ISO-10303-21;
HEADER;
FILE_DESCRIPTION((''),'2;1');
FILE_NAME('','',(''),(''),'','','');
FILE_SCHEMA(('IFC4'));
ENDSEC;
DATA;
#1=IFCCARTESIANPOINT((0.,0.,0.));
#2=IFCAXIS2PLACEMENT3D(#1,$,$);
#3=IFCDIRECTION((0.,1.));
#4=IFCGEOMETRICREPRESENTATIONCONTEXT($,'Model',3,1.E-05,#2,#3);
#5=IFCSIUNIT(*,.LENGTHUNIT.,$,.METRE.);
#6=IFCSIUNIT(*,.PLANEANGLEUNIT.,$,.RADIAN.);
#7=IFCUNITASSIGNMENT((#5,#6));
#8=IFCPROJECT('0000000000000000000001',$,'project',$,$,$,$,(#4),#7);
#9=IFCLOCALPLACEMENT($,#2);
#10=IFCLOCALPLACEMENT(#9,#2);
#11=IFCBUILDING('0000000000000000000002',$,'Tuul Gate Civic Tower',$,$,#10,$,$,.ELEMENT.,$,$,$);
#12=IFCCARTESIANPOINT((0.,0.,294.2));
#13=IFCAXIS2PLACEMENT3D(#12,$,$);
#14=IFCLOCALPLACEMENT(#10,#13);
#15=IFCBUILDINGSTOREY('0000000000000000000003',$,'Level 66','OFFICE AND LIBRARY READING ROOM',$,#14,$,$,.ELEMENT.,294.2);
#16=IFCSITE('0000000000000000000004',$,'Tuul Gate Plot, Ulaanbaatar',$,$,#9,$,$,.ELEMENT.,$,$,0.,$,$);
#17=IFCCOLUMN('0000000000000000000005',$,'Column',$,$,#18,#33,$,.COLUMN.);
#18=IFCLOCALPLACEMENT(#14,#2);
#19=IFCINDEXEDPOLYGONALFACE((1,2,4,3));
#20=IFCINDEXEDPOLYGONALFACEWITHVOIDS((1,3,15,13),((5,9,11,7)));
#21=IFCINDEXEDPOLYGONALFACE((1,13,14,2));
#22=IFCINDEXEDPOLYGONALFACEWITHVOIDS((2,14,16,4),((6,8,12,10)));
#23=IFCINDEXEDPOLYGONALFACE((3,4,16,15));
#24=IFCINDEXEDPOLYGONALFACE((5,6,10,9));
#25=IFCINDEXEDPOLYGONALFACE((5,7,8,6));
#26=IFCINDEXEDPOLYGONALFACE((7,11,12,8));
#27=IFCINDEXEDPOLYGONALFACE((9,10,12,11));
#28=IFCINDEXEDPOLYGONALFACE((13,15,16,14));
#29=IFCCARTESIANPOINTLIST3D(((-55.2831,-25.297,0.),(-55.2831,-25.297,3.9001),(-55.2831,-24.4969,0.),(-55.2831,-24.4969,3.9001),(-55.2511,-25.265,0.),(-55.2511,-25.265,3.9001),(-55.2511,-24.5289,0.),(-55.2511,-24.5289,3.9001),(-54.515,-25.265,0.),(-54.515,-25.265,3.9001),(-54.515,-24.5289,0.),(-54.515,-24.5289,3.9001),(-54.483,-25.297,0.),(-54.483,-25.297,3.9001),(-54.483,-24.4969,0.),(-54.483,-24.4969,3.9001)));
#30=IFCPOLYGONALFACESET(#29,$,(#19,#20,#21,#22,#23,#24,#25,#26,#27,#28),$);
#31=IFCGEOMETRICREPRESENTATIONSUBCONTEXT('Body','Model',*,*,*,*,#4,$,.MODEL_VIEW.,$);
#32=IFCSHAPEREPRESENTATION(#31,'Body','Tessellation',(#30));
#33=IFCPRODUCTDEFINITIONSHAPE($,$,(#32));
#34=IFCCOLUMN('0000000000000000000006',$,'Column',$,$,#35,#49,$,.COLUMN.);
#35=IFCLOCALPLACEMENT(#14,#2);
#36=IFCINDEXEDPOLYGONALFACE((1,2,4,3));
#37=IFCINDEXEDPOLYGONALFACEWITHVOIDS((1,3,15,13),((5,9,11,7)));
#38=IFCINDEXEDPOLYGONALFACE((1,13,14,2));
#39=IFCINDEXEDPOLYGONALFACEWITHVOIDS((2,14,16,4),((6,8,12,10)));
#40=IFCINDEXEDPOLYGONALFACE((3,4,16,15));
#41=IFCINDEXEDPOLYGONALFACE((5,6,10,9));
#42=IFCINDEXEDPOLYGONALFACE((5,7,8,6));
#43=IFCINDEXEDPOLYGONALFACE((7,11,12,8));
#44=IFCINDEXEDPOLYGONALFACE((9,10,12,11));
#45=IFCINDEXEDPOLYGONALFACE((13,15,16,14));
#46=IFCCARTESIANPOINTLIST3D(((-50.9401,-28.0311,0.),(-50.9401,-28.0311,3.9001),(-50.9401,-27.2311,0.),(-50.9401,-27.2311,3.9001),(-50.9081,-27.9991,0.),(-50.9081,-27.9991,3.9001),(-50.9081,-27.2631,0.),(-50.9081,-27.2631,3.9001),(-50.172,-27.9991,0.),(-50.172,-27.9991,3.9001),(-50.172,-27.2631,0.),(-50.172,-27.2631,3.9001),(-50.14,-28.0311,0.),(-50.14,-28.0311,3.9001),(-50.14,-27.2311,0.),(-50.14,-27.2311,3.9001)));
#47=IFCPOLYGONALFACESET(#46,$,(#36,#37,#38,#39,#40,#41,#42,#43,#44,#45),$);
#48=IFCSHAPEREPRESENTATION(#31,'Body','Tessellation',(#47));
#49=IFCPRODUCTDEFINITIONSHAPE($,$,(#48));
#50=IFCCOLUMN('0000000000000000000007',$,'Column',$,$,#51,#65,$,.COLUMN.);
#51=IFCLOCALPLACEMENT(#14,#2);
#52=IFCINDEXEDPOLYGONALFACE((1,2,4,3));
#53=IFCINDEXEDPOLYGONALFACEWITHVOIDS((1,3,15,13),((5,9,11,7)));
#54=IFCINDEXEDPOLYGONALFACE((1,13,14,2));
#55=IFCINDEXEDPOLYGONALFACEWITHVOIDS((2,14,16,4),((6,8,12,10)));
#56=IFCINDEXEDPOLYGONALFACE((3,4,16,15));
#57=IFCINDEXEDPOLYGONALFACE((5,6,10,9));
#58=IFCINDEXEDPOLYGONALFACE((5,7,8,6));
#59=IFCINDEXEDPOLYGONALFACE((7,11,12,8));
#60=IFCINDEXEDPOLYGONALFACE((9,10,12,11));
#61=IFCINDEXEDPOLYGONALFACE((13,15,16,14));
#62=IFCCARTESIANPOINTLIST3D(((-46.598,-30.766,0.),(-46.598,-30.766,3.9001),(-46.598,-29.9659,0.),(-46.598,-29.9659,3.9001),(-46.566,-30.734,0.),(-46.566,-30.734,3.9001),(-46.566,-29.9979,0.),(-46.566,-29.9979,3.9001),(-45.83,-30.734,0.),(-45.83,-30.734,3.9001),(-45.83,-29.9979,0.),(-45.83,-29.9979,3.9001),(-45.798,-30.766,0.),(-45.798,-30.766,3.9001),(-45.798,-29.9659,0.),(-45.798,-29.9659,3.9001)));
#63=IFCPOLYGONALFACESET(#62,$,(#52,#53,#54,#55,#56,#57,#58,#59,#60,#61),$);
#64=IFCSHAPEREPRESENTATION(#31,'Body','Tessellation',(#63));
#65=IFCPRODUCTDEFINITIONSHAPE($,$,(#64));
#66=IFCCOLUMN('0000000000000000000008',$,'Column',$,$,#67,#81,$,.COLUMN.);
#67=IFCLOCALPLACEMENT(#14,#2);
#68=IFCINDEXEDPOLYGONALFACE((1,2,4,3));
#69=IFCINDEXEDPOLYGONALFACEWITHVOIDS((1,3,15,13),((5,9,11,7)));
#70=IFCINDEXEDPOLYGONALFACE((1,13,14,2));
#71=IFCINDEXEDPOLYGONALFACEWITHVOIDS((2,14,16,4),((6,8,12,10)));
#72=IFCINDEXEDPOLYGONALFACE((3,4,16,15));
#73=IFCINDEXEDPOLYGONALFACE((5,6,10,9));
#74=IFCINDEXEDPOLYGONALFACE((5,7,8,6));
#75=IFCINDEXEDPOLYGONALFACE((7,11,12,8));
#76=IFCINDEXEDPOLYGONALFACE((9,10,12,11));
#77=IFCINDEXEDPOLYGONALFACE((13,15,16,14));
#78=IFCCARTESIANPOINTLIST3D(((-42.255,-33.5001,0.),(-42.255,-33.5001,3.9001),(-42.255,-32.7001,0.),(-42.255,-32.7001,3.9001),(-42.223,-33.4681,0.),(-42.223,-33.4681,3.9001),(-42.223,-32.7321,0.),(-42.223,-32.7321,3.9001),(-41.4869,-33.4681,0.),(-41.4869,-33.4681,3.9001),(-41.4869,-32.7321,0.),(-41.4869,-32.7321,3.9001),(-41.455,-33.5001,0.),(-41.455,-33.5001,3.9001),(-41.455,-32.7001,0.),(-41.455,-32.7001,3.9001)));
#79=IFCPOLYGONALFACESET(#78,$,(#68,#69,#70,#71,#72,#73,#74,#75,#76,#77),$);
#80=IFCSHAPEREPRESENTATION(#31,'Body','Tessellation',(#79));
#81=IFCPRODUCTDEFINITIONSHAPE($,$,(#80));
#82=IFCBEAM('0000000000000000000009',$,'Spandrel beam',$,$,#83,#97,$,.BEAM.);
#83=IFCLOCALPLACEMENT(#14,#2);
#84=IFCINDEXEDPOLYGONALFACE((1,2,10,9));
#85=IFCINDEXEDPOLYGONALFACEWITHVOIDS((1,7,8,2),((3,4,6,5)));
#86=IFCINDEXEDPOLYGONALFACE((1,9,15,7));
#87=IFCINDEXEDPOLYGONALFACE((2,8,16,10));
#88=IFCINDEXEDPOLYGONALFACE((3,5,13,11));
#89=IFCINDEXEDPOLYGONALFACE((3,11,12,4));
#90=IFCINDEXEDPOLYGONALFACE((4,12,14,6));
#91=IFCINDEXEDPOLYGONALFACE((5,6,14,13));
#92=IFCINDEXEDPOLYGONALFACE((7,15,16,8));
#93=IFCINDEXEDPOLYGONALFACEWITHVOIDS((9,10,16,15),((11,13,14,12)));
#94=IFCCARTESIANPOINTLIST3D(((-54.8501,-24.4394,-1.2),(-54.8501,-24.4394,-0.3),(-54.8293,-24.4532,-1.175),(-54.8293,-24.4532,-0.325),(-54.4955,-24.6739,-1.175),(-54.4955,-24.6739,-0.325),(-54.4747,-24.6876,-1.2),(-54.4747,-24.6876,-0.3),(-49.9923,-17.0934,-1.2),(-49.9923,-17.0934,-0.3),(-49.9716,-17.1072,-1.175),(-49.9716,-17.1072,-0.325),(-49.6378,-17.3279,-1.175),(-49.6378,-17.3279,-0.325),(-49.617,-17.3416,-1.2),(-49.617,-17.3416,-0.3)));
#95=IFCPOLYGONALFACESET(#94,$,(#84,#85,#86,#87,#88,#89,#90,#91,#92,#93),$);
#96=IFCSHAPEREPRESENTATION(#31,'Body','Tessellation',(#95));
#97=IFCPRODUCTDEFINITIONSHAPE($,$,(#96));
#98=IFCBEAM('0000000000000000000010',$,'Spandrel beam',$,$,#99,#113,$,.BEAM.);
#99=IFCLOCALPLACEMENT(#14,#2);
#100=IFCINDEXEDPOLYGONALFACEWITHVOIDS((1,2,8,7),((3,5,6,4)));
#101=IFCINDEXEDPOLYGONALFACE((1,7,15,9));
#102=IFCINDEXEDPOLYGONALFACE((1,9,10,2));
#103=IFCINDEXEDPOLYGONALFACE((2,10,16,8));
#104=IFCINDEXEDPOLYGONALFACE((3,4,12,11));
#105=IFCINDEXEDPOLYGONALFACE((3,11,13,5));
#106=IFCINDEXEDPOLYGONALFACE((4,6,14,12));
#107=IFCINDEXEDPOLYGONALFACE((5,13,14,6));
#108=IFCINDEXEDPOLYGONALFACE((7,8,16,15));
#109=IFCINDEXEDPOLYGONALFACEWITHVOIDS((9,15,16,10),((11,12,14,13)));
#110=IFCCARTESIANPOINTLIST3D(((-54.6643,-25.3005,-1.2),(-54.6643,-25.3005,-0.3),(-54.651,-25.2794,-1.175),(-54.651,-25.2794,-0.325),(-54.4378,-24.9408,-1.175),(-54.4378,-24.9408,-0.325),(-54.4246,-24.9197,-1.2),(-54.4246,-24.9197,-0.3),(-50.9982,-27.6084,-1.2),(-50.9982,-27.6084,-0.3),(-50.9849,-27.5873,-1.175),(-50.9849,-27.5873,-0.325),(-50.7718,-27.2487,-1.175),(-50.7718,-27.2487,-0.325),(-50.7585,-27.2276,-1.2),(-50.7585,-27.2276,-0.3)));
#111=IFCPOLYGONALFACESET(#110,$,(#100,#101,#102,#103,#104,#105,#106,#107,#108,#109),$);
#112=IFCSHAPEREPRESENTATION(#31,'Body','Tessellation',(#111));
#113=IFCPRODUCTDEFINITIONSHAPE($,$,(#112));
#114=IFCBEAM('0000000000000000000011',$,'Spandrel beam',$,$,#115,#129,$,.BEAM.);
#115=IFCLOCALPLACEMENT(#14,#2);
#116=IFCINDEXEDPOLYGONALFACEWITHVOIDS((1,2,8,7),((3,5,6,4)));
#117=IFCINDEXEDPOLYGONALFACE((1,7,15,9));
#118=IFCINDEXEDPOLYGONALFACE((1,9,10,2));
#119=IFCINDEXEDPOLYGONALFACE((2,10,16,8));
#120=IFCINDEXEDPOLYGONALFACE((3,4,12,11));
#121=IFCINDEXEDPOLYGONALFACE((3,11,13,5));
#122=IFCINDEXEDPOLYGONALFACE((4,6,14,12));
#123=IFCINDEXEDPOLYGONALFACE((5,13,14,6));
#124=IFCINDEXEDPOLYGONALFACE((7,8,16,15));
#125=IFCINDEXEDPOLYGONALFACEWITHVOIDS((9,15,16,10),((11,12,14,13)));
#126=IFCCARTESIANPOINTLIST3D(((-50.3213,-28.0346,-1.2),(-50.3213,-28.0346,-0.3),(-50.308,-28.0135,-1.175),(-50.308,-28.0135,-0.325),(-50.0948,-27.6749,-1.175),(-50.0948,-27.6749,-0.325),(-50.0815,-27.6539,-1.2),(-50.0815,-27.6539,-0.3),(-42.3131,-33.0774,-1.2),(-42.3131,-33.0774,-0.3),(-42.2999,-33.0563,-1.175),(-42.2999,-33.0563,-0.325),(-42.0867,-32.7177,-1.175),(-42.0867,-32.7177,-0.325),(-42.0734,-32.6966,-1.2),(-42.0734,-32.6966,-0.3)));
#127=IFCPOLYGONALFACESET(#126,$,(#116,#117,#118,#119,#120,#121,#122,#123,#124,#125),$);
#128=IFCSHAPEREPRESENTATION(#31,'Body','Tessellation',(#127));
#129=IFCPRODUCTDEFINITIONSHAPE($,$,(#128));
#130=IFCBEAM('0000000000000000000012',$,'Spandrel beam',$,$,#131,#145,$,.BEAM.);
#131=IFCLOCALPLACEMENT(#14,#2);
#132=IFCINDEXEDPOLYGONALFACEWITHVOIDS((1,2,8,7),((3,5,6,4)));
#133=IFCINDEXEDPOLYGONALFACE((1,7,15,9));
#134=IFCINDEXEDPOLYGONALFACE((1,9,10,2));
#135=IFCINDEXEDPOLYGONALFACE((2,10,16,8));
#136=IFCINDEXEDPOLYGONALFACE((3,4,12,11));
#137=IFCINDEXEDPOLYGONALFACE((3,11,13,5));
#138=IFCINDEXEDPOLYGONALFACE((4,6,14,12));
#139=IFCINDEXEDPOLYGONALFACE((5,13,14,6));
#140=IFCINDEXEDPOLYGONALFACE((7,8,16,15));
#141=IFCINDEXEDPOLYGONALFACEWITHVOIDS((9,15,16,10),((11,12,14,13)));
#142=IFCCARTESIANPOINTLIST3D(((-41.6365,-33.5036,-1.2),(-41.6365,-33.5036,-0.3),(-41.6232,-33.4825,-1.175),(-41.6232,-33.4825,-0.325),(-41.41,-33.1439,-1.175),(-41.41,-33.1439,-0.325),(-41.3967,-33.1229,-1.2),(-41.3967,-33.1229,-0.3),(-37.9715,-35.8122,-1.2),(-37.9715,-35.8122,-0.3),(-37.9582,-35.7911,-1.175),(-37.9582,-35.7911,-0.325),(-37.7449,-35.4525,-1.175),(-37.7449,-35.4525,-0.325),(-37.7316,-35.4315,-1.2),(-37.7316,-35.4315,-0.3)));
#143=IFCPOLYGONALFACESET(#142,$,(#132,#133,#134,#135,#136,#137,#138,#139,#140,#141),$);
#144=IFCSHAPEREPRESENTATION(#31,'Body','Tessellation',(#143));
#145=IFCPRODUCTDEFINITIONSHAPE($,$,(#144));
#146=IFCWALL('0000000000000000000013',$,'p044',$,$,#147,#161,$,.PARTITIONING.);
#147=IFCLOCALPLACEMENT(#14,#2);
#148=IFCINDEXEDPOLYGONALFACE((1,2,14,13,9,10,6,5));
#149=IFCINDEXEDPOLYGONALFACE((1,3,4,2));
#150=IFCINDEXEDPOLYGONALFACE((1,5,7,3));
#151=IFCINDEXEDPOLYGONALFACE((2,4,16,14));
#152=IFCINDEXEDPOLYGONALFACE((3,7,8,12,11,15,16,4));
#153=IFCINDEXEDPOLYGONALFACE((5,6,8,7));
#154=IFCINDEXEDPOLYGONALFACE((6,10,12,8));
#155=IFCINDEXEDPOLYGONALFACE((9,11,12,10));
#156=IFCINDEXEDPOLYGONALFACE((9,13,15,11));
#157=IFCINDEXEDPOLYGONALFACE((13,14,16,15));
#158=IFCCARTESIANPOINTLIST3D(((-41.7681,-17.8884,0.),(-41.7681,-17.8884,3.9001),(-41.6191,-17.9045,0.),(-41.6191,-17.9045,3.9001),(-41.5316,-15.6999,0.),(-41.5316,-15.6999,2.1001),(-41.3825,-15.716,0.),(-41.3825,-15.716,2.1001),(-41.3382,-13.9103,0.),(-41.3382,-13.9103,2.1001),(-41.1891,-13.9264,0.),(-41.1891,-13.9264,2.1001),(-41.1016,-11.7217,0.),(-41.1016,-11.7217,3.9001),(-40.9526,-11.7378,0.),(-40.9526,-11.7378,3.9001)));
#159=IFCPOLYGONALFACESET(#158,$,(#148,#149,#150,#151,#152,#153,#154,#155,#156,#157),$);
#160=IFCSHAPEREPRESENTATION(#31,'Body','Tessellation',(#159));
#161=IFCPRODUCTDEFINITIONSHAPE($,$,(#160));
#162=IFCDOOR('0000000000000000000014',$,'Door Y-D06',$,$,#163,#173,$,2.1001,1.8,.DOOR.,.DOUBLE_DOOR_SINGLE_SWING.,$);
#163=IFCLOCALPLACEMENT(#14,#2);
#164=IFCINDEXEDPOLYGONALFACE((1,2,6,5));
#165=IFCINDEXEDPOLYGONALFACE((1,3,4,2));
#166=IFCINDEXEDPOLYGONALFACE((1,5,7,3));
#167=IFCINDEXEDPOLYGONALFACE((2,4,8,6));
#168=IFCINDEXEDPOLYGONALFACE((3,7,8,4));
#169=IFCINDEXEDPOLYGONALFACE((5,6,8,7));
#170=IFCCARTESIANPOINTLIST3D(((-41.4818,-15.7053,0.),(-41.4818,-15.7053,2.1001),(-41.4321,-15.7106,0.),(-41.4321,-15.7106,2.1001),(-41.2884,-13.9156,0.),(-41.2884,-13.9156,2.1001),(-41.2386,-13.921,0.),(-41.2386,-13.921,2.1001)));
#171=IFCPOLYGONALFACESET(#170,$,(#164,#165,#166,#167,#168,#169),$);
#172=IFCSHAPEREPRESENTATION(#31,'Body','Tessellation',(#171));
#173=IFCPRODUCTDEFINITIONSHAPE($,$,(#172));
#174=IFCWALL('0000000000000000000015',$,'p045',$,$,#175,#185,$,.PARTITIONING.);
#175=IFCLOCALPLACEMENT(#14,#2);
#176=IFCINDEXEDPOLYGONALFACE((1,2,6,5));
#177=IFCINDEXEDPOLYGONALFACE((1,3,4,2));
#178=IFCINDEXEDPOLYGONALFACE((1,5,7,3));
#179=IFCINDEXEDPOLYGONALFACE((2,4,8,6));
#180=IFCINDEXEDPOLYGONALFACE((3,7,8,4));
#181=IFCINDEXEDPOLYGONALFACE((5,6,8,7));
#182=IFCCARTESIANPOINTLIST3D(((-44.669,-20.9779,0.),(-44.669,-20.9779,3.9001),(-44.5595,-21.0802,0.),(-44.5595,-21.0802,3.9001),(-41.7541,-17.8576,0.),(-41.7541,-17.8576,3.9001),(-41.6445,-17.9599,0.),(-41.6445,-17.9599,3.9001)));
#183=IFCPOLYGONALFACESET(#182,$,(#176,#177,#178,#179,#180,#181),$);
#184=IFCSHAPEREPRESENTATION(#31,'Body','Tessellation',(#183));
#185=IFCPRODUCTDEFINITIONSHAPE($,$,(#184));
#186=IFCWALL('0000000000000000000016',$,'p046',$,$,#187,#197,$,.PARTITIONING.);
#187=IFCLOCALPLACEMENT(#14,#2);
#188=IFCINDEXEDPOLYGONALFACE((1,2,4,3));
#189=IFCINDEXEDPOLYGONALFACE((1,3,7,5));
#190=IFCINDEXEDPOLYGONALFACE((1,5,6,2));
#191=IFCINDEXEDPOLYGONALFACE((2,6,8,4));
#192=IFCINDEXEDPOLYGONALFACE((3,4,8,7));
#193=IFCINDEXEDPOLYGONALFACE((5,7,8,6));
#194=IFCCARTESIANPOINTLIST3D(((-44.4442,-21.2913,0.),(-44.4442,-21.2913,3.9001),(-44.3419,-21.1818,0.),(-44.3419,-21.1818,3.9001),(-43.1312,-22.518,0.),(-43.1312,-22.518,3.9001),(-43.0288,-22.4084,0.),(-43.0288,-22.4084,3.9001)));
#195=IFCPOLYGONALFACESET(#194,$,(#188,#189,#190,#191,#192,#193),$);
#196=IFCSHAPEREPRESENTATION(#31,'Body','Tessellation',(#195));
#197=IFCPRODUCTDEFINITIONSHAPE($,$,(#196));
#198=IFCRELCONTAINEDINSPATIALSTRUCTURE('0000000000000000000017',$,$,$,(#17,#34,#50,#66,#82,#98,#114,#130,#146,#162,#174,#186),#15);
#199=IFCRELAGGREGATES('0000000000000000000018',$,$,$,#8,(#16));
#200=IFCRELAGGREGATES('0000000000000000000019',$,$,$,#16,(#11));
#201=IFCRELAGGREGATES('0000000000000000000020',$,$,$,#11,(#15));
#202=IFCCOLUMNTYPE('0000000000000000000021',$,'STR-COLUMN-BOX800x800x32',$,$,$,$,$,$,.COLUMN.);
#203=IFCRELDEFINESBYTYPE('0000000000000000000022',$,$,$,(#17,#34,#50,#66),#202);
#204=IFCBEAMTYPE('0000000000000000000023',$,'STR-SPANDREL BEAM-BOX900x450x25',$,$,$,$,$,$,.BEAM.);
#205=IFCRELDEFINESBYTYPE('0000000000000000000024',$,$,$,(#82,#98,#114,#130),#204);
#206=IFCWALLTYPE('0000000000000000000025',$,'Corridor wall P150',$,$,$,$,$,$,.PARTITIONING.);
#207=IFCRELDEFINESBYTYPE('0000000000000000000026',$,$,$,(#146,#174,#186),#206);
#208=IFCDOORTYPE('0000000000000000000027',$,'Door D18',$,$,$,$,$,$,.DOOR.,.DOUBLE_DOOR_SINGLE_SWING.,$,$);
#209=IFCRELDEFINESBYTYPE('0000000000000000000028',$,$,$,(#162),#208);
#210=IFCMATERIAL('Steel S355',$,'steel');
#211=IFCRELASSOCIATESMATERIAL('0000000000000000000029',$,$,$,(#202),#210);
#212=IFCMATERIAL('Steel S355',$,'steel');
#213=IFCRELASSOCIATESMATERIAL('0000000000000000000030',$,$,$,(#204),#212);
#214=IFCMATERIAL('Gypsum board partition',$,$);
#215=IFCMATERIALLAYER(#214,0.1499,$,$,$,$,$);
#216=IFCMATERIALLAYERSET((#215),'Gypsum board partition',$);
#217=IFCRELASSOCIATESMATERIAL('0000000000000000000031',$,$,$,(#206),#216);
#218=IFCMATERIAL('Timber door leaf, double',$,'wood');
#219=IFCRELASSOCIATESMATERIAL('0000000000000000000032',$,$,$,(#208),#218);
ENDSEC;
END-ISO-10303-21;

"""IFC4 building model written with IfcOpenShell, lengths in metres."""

from ifc_helpers import new_model, si_unit, direction, frame, frame_2d, origin, origin_2d, place, context, subcontext, project, spatial, rectangle, hollow_rectangle, extrude, material, layer, layer_set, material_profile, profile_set, type_object, element, fill, save


model = new_model("IFC4")

# Units and contexts
model_context = context("Model", 3, precision=1e-05, world=origin(), true_north=direction((0.0, 1.0)))
body_context = subcontext(model_context, "Body", "Model", "MODEL_VIEW")
ifc_project = project(units=[si_unit("LENGTHUNIT", "METRE"), si_unit("PLANEANGLEUNIT", "RADIAN")], contexts=[model_context])

# Site, building, storey
site_placement = place(None, origin())
site = spatial("IfcSite", under=ifc_project, at=site_placement, Name="Tuul Gate Plot, Ulaanbaatar", CompositionType="ELEMENT", RefElevation=0.0)
building_placement = place(site_placement, origin())
building = spatial("IfcBuilding", under=site, at=building_placement, Name="Tuul Gate Civic Tower", CompositionType="ELEMENT")
storey_placement = place(building_placement, frame((0.0, 0.0, 294.2)))
storey = spatial("IfcBuildingStorey", under=building, at=storey_placement, Name="Level 66", Description="OFFICE AND LIBRARY READING ROOM", CompositionType="ELEMENT", Elevation=294.2)

# Columns
ifc_material_1 = material(Name="Steel S355", Category="steel")
ifc_material_profile_1 = material_profile(ifc_material_1, hollow_rectangle(XDim=0.8, YDim=0.8, WallThickness=0.032, at=origin_2d()), Name="BOX800x800x32")
ifc_profile_set_1 = profile_set([ifc_material_profile_1], Name="Steel S355")
column_type = type_object("IfcColumnType", Name="STR-COLUMN-BOX800x800x32", PredefinedType="COLUMN", material=ifc_profile_set_1)
for number, where, z_axis, x_axis, name in (
    (1, (-54.8831, -24.897, 0.0), (0.0, 0.0, 1.0), (1.0, 0.0, 0.0), "Column"),
    (2, (-50.54, -27.6311, 0.0), (0.0, 0.0, 1.0), (1.0, 0.0, 0.0), "Column"),
    (3, (-46.198, -30.366, 0.0), (0.0, 0.0, 1.0), (1.0, 0.0, 0.0), "Column"),
    (4, (-41.855, -33.1001, 0.0), (0.0, 0.0, 1.0), (1.0, 0.0, 0.0), "Column"),
):
    element("IfcColumn", number, at=place(storey_placement, frame(where, z_axis=z_axis, x_axis=x_axis)), inside=storey, type_object=column_type, Name=name, PredefinedType="COLUMN", context=body_context, shape_type="SweptSolid", body=[
        extrude(hollow_rectangle(XDim=0.8, YDim=0.8, WallThickness=0.032, at=origin_2d()), origin(), (0.0, 0.0, 1.0), 3.9001),
    ])

# Beams
ifc_material_2 = material(Name="Steel S355", Category="steel")
ifc_material_profile_2 = material_profile(ifc_material_2, hollow_rectangle(XDim=0.45, YDim=0.8999, WallThickness=0.0249, at=origin_2d()), Name="BOX900x450x25")
ifc_profile_set_2 = profile_set([ifc_material_profile_2], Name="Steel S355")
beam_type = type_object("IfcBeamType", Name="STR-SPANDREL BEAM-BOX900x450x25", PredefinedType="BEAM", material=ifc_profile_set_2)
beam_1_placement = place(storey_placement, frame((-49.8047, -17.2175, -0.75), z_axis=(-0.551581, -0.834121, 0.0), x_axis=(0.834121, -0.551581, 0.0)))
element("IfcBeam", 5, at=beam_1_placement, inside=storey, type_object=beam_type, Name="Spandrel beam", PredefinedType="BEAM", context=body_context, shape_type="SweptSolid", body=[
    extrude(hollow_rectangle(XDim=0.45, YDim=0.8999, WallThickness=0.0249, at=origin_2d()), origin(), (0.0, 0.0, 1.0), 8.8069),
])
beam_2_placement = place(storey_placement, frame((-54.5444, -25.1101, -0.75), z_axis=(0.846271, -0.532752, 0.0), x_axis=(0.532752, 0.846271, 0.0)))
element("IfcBeam", 6, at=beam_2_placement, inside=storey, type_object=beam_type, Name="Spandrel beam", PredefinedType="BEAM", context=body_context, shape_type="SweptSolid", body=[
    extrude(hollow_rectangle(XDim=0.45, YDim=0.8999, WallThickness=0.0249, at=origin_2d()), origin(), (0.0, 0.0, 1.0), 4.332),
])
beam_3_placement = place(storey_placement, frame((-50.2014, -27.8442, -0.75), z_axis=(0.846204, -0.53286, 0.0), x_axis=(0.53286, 0.846204, 0.0)))
element("IfcBeam", 7, at=beam_3_placement, inside=storey, type_object=beam_type, Name="Spandrel beam", PredefinedType="BEAM", context=body_context, shape_type="SweptSolid", body=[
    extrude(hollow_rectangle(XDim=0.45, YDim=0.8999, WallThickness=0.0249, at=origin_2d()), origin(), (0.0, 0.0, 1.0), 9.4636),
])
beam_4_placement = place(storey_placement, frame((-41.5166, -33.3132, -0.75), z_axis=(0.846131, -0.532975, 0.0), x_axis=(0.532975, 0.846131, 0.0)))
element("IfcBeam", 8, at=beam_4_placement, inside=storey, type_object=beam_type, Name="Spandrel beam", PredefinedType="BEAM", context=body_context, shape_type="SweptSolid", body=[
    extrude(hollow_rectangle(XDim=0.45, YDim=0.8999, WallThickness=0.0249, at=origin_2d()), origin(), (0.0, 0.0, 1.0), 4.3315),
])

# Wall, opening, door
ifc_material_3 = material(Name="Gypsum board partition")
ifc_layer_1 = layer(ifc_material_3, 0.1499)
ifc_layer_set_1 = layer_set([ifc_layer_1], Name="Gypsum board partition")
wall_type_1 = type_object("IfcWallType", Name="Corridor wall P150", PredefinedType="PARTITIONING", material=ifc_layer_set_1)
wall_1_placement = place(storey_placement, frame((-41.6936, -17.8965, 0.0), z_axis=(0.0, 0.0, 1.0), x_axis=(0.107455, 0.99421, 0.0)))
wall_1 = element("IfcWall", 9, at=wall_1_placement, inside=storey, type_object=wall_type_1, Name="p044", PredefinedType="PARTITIONING", context=body_context, shape_type="SweptSolid", body=[
    extrude(rectangle(XDim=6.2026, YDim=0.1499, at=frame_2d((3.1013, 0.0))), origin(), (0.0, 0.0, 1.0), 3.9001),
])
opening_1_placement = place(wall_1_placement, frame((2.2014, 0.0, 0.0)))
opening_1 = element("IfcOpeningElement", 10, at=opening_1_placement, cuts=wall_1, PredefinedType="OPENING", context=body_context, shape_type="SweptSolid", body=[
    extrude(rectangle(XDim=1.8, YDim=2.1001, at=frame_2d((0.8999, 1.05))), frame((0.0, 0.085, 0.0), z_axis=(0.0, -1.0, 0.0), x_axis=(1.0, 0.0, 0.0)), (0.0, 0.0, 1.0), 0.1699),
])
ifc_material_4 = material(Name="Timber door leaf, double", Category="wood")
door_type = type_object("IfcDoorType", Name="Door D18", OperationType="DOUBLE_DOOR_SINGLE_SWING", PredefinedType="DOOR", material=ifc_material_4)
door_placement = place(opening_1_placement, origin())
door = element("IfcDoor", 11, at=door_placement, inside=storey, type_object=door_type, Name="Door Y-D06", OperationType="DOUBLE_DOOR_SINGLE_SWING", OverallHeight=2.1001, OverallWidth=1.8, PredefinedType="DOOR", context=body_context, shape_type="SweptSolid", body=[
    extrude(rectangle(XDim=1.8, YDim=2.1001, at=frame_2d((0.8999, 1.05))), frame((0.0, 0.0249, 0.0), z_axis=(0.0, -1.0, 0.0), x_axis=(1.0, 0.0, 0.0)), (0.0, 0.0, 1.0), 0.05),
])
fill(opening_1, door)

# Walls
wall_2_placement = place(storey_placement, frame((-44.6143, -21.0291, 0.0), z_axis=(0.0, 0.0, 1.0), x_axis=(0.682656, 0.73074, 0.0)))
element("IfcWall", 12, at=wall_2_placement, inside=storey, type_object=wall_type_1, Name="p045", PredefinedType="PARTITIONING", context=body_context, shape_type="SweptSolid", body=[
    extrude(rectangle(XDim=4.27, YDim=0.1499, at=frame_2d((2.135, 0.0))), origin(), (0.0, 0.0, 1.0), 3.9001),
])
wall_3_placement = place(storey_placement, frame((-44.3931, -21.2366, 0.0), z_axis=(0.0, 0.0, 1.0), x_axis=(0.730748, -0.682647, 0.0)))
element("IfcWall", 13, at=wall_3_placement, inside=storey, type_object=wall_type_1, Name="p046", PredefinedType="PARTITIONING", context=body_context, shape_type="SweptSolid", body=[
    extrude(rectangle(XDim=1.7969, YDim=0.1499, at=frame_2d((0.8984, 0.0))), origin(), (0.0, 0.0, 1.0), 3.9001),
])

save(model, "model.ifc")
